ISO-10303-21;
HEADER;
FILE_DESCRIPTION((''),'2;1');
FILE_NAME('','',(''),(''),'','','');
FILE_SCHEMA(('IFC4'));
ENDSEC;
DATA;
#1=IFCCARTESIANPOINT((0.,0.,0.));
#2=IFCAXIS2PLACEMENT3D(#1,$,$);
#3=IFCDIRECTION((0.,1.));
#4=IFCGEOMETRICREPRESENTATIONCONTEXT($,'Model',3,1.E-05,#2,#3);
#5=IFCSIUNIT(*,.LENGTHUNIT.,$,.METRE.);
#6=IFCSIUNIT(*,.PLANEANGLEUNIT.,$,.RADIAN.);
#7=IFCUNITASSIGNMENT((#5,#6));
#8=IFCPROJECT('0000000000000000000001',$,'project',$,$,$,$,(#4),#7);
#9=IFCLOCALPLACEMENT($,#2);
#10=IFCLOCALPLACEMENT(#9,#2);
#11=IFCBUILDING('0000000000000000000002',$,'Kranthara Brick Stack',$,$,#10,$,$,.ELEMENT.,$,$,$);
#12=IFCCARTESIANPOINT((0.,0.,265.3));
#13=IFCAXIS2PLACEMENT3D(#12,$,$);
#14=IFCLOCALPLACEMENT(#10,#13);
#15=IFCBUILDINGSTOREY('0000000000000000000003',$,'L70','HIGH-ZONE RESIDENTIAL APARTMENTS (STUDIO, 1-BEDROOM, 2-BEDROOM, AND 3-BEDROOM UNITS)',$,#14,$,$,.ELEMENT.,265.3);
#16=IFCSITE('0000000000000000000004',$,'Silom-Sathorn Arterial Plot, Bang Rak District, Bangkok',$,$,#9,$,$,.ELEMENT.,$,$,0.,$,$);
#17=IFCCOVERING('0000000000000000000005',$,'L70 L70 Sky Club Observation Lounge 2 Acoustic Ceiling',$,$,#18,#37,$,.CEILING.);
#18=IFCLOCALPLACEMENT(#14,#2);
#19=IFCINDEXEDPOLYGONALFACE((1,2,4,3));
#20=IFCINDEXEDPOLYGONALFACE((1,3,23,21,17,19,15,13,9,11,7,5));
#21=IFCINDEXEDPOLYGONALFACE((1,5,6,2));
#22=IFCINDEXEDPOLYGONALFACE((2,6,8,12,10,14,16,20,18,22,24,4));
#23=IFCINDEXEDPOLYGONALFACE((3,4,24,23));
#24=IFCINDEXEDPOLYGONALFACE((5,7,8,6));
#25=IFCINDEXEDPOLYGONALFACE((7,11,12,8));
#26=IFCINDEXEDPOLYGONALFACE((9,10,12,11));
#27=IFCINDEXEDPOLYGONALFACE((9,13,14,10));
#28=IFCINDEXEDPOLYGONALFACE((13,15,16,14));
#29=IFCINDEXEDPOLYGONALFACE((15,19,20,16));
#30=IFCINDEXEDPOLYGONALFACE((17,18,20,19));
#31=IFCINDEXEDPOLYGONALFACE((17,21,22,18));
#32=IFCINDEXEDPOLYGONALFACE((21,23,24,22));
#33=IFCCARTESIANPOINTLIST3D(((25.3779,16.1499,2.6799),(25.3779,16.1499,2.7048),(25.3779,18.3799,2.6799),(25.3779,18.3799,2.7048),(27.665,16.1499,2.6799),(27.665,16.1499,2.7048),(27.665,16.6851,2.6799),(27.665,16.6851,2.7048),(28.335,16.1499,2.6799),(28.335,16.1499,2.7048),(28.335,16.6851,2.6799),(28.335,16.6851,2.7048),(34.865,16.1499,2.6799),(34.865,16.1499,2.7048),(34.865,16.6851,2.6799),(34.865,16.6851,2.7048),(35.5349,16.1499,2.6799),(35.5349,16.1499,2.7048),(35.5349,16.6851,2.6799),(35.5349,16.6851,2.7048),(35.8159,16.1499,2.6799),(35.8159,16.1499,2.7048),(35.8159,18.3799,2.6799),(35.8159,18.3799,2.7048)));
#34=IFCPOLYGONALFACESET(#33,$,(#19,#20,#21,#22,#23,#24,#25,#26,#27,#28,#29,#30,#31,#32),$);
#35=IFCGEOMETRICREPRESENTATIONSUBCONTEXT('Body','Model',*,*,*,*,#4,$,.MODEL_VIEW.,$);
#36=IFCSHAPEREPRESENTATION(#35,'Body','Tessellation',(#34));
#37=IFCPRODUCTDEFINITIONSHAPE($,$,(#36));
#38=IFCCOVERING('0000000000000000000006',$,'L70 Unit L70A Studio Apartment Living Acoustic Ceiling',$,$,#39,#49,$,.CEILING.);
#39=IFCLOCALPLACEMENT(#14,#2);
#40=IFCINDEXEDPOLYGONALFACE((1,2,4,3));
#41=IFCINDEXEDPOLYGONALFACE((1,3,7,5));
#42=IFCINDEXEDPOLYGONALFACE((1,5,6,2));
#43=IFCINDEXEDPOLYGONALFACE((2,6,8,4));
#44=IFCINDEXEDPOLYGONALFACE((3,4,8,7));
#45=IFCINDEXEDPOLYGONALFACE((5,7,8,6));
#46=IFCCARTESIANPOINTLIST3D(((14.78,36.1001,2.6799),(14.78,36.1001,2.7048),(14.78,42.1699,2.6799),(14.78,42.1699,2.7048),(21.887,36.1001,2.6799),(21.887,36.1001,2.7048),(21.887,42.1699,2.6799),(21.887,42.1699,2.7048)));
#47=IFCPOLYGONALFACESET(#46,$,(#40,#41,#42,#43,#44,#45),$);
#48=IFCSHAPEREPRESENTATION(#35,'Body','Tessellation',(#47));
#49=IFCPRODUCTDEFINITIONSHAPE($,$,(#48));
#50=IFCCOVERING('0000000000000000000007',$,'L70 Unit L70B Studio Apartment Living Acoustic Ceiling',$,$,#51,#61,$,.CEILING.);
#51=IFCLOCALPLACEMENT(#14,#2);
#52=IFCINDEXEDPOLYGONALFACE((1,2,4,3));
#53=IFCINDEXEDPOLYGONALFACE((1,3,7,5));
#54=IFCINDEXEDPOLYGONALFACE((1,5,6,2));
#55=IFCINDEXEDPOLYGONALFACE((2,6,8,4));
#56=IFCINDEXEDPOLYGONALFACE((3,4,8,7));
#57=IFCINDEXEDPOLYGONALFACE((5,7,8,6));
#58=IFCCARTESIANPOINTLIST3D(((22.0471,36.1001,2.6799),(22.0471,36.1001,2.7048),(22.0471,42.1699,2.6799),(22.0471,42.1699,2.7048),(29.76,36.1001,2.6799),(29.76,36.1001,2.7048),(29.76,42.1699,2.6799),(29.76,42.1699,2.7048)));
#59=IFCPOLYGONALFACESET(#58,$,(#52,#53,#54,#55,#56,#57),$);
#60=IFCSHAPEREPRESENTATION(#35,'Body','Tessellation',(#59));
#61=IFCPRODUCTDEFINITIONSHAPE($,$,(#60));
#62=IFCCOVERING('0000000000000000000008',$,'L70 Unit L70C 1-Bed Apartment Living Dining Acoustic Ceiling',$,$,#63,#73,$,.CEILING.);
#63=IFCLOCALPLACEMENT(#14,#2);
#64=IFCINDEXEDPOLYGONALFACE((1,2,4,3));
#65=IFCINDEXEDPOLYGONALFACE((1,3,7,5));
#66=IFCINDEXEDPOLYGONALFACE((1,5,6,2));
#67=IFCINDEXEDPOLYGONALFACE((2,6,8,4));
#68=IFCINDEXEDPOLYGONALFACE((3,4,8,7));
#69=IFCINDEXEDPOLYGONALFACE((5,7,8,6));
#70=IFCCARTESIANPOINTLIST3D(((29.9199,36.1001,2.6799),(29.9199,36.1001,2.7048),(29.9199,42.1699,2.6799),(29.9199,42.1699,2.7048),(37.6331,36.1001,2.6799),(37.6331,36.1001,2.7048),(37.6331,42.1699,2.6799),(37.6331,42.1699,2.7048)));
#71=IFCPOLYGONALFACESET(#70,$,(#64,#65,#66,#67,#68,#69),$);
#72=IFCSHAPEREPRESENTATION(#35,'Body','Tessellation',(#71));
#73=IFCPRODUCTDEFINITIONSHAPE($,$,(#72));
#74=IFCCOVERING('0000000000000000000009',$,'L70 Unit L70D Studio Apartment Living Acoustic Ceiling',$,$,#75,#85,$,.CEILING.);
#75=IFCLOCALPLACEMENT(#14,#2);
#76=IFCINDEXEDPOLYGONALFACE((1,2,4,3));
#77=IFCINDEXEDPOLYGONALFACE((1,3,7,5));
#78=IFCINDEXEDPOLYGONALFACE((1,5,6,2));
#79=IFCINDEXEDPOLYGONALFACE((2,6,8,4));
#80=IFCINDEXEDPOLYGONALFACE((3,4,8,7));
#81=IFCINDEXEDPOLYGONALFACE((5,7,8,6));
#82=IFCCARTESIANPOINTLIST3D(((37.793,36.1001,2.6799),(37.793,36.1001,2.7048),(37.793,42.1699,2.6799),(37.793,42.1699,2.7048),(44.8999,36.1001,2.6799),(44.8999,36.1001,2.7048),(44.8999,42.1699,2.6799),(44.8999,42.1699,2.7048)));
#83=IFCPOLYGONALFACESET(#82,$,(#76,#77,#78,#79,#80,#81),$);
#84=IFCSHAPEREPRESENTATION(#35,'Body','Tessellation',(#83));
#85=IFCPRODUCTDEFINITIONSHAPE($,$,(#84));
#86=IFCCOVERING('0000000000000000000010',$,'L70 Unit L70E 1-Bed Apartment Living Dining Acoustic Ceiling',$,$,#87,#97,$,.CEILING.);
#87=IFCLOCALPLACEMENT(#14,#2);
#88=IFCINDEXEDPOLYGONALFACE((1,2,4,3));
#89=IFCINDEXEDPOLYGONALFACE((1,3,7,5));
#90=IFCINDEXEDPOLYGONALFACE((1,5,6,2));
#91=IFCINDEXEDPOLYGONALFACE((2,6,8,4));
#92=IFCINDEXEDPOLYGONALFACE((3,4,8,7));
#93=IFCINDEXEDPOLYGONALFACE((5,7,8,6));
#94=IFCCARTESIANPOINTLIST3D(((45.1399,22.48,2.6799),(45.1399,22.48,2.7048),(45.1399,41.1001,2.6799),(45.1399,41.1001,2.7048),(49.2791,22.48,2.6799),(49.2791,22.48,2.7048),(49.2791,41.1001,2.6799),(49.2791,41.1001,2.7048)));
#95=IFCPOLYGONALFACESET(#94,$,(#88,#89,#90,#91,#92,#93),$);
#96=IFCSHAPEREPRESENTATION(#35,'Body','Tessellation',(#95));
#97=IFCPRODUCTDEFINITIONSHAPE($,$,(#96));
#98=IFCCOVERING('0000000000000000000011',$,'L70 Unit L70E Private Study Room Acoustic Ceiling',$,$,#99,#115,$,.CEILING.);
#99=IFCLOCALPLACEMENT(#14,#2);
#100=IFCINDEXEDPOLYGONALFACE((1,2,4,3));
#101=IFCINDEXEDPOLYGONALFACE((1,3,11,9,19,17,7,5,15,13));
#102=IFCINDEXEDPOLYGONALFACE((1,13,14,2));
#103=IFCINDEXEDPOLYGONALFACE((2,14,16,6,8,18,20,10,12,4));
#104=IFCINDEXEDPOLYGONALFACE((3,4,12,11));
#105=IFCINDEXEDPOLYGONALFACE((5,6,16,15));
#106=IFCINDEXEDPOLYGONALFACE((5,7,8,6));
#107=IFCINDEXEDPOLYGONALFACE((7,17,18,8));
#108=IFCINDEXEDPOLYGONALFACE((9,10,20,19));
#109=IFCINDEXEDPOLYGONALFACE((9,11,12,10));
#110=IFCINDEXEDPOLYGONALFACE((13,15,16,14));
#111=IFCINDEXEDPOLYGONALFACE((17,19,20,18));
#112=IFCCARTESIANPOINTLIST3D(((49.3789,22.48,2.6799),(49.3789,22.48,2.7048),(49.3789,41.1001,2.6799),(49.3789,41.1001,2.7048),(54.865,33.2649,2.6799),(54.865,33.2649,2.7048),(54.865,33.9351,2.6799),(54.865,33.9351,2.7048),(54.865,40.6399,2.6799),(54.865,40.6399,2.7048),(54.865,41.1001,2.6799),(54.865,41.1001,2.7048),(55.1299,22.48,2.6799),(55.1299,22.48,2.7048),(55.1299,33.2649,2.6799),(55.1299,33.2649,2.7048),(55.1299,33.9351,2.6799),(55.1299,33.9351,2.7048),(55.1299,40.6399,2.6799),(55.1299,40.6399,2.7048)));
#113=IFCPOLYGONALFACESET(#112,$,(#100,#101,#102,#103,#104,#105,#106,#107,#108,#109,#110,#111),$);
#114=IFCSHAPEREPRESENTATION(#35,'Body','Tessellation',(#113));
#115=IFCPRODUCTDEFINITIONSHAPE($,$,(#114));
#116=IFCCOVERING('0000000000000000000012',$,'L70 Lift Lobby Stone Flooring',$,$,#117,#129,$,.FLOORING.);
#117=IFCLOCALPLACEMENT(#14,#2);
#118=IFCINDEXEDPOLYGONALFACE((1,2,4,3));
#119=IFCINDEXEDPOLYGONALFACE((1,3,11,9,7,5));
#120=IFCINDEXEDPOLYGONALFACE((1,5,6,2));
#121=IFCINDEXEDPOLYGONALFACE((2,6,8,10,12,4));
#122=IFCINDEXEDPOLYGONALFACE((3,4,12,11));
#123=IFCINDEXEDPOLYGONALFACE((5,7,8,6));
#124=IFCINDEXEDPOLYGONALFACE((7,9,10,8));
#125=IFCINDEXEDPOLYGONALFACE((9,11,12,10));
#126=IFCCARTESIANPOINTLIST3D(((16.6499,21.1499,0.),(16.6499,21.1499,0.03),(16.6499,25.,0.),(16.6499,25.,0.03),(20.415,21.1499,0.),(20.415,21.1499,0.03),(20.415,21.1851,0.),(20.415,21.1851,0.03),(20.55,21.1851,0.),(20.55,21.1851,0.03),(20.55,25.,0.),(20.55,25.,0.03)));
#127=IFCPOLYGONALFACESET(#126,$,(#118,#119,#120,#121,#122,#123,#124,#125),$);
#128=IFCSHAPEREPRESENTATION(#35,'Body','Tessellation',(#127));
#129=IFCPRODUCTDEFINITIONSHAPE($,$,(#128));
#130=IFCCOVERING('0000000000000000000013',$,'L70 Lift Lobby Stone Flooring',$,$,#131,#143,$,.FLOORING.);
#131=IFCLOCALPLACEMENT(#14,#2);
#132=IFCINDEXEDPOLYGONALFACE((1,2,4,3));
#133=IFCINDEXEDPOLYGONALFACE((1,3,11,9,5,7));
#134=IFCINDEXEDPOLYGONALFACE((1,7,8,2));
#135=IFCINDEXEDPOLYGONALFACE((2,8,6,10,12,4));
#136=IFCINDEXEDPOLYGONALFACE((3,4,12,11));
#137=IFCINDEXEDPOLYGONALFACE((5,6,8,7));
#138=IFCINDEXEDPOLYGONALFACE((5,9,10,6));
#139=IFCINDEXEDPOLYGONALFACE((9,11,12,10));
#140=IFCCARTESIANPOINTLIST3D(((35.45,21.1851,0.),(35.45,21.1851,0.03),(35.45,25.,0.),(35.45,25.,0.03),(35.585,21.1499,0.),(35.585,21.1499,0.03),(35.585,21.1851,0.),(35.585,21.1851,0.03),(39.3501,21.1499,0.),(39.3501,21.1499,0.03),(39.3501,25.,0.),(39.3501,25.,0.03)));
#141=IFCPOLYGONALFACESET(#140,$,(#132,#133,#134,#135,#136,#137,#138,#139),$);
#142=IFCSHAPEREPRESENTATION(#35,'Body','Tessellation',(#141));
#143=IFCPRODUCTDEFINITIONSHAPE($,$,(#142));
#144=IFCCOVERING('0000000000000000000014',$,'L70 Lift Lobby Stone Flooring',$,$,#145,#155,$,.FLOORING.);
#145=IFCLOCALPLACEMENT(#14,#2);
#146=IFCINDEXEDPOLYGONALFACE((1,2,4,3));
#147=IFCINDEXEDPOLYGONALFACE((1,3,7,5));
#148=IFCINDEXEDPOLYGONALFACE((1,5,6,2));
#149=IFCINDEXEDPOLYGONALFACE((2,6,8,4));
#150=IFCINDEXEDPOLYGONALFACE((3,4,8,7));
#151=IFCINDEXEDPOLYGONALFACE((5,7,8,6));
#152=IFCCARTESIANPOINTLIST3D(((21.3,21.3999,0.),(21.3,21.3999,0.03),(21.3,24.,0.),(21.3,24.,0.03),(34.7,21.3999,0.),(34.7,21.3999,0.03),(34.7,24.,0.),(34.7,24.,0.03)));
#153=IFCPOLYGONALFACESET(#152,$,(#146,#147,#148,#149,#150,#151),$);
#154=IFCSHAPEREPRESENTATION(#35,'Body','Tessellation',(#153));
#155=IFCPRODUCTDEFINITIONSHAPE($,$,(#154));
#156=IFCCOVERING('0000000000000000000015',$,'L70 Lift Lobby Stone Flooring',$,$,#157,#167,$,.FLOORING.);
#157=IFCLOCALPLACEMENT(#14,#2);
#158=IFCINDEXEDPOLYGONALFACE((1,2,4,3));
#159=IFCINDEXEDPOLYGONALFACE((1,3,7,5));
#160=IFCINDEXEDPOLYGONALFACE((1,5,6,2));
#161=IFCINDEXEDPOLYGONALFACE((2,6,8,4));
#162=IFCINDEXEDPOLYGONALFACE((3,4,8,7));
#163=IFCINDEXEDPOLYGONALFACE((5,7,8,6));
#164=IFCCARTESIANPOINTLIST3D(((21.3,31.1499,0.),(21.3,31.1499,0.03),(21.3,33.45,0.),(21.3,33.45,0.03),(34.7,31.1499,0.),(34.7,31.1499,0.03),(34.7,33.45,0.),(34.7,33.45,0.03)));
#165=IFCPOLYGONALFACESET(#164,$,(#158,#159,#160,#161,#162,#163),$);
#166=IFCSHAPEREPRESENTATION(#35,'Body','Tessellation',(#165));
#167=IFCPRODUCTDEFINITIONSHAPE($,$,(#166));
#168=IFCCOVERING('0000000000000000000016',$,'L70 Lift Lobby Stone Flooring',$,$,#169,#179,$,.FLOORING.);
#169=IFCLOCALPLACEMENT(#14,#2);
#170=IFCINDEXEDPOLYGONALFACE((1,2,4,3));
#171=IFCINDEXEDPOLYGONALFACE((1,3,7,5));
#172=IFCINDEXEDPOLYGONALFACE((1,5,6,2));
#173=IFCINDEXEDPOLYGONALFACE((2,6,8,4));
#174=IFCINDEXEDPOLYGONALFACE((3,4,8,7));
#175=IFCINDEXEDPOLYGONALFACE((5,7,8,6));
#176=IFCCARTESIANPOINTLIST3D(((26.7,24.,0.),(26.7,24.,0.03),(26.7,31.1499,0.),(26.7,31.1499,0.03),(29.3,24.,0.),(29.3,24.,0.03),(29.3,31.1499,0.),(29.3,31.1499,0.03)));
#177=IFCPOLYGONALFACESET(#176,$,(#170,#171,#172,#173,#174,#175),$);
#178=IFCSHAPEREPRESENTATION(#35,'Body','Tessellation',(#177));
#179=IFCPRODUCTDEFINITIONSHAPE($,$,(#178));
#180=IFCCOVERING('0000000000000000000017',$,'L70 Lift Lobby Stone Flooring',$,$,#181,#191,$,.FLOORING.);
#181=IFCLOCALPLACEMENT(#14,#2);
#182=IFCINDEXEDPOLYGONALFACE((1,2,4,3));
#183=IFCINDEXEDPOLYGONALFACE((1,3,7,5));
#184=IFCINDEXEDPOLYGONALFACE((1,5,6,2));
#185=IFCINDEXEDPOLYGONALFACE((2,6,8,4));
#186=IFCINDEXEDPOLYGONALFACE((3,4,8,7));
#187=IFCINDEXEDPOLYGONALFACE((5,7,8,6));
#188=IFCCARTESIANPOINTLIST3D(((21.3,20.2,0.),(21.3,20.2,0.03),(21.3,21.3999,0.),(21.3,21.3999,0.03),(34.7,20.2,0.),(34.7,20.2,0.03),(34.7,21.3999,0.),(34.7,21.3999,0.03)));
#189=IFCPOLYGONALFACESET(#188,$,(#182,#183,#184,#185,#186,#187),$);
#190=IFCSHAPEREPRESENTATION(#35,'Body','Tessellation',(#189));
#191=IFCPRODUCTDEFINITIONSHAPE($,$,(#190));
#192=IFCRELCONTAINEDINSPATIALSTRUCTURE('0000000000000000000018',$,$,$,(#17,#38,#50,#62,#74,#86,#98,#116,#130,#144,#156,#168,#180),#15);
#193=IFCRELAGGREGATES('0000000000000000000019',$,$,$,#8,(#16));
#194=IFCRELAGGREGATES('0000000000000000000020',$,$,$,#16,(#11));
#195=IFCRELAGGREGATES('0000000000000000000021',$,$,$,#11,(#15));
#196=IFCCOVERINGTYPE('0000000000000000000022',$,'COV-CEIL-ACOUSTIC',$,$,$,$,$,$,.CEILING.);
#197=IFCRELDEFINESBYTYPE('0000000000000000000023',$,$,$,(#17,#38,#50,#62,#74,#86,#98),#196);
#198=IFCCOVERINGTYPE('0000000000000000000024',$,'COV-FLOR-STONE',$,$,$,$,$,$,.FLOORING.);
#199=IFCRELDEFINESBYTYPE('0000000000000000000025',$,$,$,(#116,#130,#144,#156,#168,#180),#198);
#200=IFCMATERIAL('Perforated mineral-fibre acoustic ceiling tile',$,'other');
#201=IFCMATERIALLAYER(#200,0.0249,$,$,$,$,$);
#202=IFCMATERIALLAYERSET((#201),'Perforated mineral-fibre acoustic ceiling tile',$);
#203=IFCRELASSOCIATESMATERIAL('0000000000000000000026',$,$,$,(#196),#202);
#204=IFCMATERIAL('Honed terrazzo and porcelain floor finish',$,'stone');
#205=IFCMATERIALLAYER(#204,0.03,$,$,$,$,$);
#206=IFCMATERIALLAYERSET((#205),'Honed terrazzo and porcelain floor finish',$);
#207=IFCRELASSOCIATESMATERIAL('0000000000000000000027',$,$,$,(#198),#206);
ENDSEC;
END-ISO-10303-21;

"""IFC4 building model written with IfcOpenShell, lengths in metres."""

from ifc_helpers import new_model, si_unit, direction, frame, origin, place, context, subcontext, project, spatial, polyline, outline, extrude, material, layer, layer_set, type_object, element, save


model = new_model("IFC4")

# Units and contexts
model_context = context("Model", 3, precision=1e-05, world=origin(), true_north=direction((0.0, 1.0)))
body_context = subcontext(model_context, "Body", "Model", "MODEL_VIEW")
ifc_project = project(units=[si_unit("LENGTHUNIT", "METRE"), si_unit("PLANEANGLEUNIT", "RADIAN")], contexts=[model_context])

# Site, building, storey
site_placement = place(None, origin())
site = spatial("IfcSite", under=ifc_project, at=site_placement, Name="Silom-Sathorn Arterial Plot, Bang Rak District, Bangkok", CompositionType="ELEMENT", RefElevation=0.0)
building_placement = place(site_placement, origin())
building = spatial("IfcBuilding", under=site, at=building_placement, Name="Kranthara Brick Stack", CompositionType="ELEMENT")
storey_placement = place(building_placement, frame((0.0, 0.0, 265.3)))
storey = spatial("IfcBuildingStorey", under=building, at=storey_placement, Name="L70", Description="HIGH-ZONE RESIDENTIAL APARTMENTS (STUDIO, 1-BEDROOM, 2-BEDROOM, AND 3-BEDROOM UNITS)", CompositionType="ELEMENT", Elevation=265.3)

# Coverings
ifc_material_1 = material(Name="Perforated mineral-fibre acoustic ceiling tile", Category="other")
ifc_layer_1 = layer(ifc_material_1, 0.0249)
ifc_layer_set_1 = layer_set([ifc_layer_1], Name="Perforated mineral-fibre acoustic ceiling tile")
covering_type_1 = type_object("IfcCoveringType", Name="COV-CEIL-ACOUSTIC", PredefinedType="CEILING", material=ifc_layer_set_1)
covering_1_placement = place(storey_placement, frame((0.0, 0.0, 2.6799)))
element("IfcCovering", 1, at=covering_1_placement, inside=storey, type_object=covering_type_1, Name="L70 L70 Sky Club Observation Lounge 2 Acoustic Ceiling", PredefinedType="CEILING", context=body_context, shape_type="SweptSolid", body=[
    extrude(outline(polyline([(25.3779, 18.3799), (35.8159, 18.3799), (35.8159, 16.1499), (35.5349, 16.1499), (35.5349, 16.6851), (34.865, 16.6851), (34.865, 16.1499), (28.335, 16.1499), (28.335, 16.6851), (27.665, 16.6851), (27.665, 16.1499), (25.3779, 16.1499), (25.3779, 18.3799)])), origin(), (0.0, 0.0, 1.0), 0.0249),
])
covering_2_placement = place(storey_placement, frame((0.0, 0.0, 2.6799)))
element("IfcCovering", 2, at=covering_2_placement, inside=storey, type_object=covering_type_1, Name="L70 Unit L70A Studio Apartment Living Acoustic Ceiling", PredefinedType="CEILING", context=body_context, shape_type="SweptSolid", body=[
    extrude(outline(polyline([(21.887, 36.1001), (21.887, 42.1699), (14.78, 42.1699), (14.78, 36.1001), (21.887, 36.1001)])), origin(), (0.0, 0.0, 1.0), 0.0249),
])
covering_3_placement = place(storey_placement, frame((0.0, 0.0, 2.6799)))
element("IfcCovering", 3, at=covering_3_placement, inside=storey, type_object=covering_type_1, Name="L70 Unit L70B Studio Apartment Living Acoustic Ceiling", PredefinedType="CEILING", context=body_context, shape_type="SweptSolid", body=[
    extrude(outline(polyline([(29.76, 36.1001), (29.76, 42.1699), (22.0471, 42.1699), (22.0471, 36.1001), (29.76, 36.1001)])), origin(), (0.0, 0.0, 1.0), 0.0249),
])
covering_4_placement = place(storey_placement, frame((0.0, 0.0, 2.6799)))
element("IfcCovering", 4, at=covering_4_placement, inside=storey, type_object=covering_type_1, Name="L70 Unit L70C 1-Bed Apartment Living Dining Acoustic Ceiling", PredefinedType="CEILING", context=body_context, shape_type="SweptSolid", body=[
    extrude(outline(polyline([(37.6331, 36.1001), (37.6331, 42.1699), (29.9199, 42.1699), (29.9199, 36.1001), (37.6331, 36.1001)])), origin(), (0.0, 0.0, 1.0), 0.0249),
])
covering_5_placement = place(storey_placement, frame((0.0, 0.0, 2.6799)))
element("IfcCovering", 5, at=covering_5_placement, inside=storey, type_object=covering_type_1, Name="L70 Unit L70D Studio Apartment Living Acoustic Ceiling", PredefinedType="CEILING", context=body_context, shape_type="SweptSolid", body=[
    extrude(outline(polyline([(44.8999, 36.1001), (44.8999, 42.1699), (37.793, 42.1699), (37.793, 36.1001), (44.8999, 36.1001)])), origin(), (0.0, 0.0, 1.0), 0.0249),
])
covering_6_placement = place(storey_placement, frame((0.0, 0.0, 2.6799)))
element("IfcCovering", 6, at=covering_6_placement, inside=storey, type_object=covering_type_1, Name="L70 Unit L70E 1-Bed Apartment Living Dining Acoustic Ceiling", PredefinedType="CEILING", context=body_context, shape_type="SweptSolid", body=[
    extrude(outline(polyline([(49.2791, 22.48), (49.2791, 41.1001), (45.1399, 41.1001), (45.1399, 22.48), (49.2791, 22.48)])), origin(), (0.0, 0.0, 1.0), 0.0249),
])
covering_7_placement = place(storey_placement, frame((0.0, 0.0, 2.6799)))
element("IfcCovering", 7, at=covering_7_placement, inside=storey, type_object=covering_type_1, Name="L70 Unit L70E Private Study Room Acoustic Ceiling", PredefinedType="CEILING", context=body_context, shape_type="SweptSolid", body=[
    extrude(outline(polyline([(49.3789, 22.48), (49.3789, 41.1001), (54.865, 41.1001), (54.865, 40.6399), (55.1299, 40.6399), (55.1299, 33.9351), (54.865, 33.9351), (54.865, 33.2649), (55.1299, 33.2649), (55.1299, 22.48), (49.3789, 22.48)])), origin(), (0.0, 0.0, 1.0), 0.0249),
])
ifc_material_2 = material(Name="Honed terrazzo and porcelain floor finish", Category="stone")
ifc_layer_2 = layer(ifc_material_2, 0.03)
ifc_layer_set_2 = layer_set([ifc_layer_2], Name="Honed terrazzo and porcelain floor finish")
covering_type_2 = type_object("IfcCoveringType", Name="COV-FLOR-STONE", PredefinedType="FLOORING", material=ifc_layer_set_2)
covering_8_placement = place(storey_placement, origin())
element("IfcCovering", 8, at=covering_8_placement, inside=storey, type_object=covering_type_2, Name="L70 Lift Lobby Stone Flooring", PredefinedType="FLOORING", context=body_context, shape_type="SweptSolid", body=[
    extrude(outline(polyline([(16.6499, 21.1499), (16.6499, 25.0), (20.55, 25.0), (20.55, 21.1851), (20.415, 21.1851), (20.415, 21.1499), (16.6499, 21.1499)])), origin(), (0.0, 0.0, 1.0), 0.03),
])
covering_9_placement = place(storey_placement, origin())
element("IfcCovering", 9, at=covering_9_placement, inside=storey, type_object=covering_type_2, Name="L70 Lift Lobby Stone Flooring", PredefinedType="FLOORING", context=body_context, shape_type="SweptSolid", body=[
    extrude(outline(polyline([(35.45, 25.0), (39.3501, 25.0), (39.3501, 21.1499), (35.585, 21.1499), (35.585, 21.1851), (35.45, 21.1851), (35.45, 25.0)])), origin(), (0.0, 0.0, 1.0), 0.03),
])
covering_10_placement = place(storey_placement, origin())
element("IfcCovering", 10, at=covering_10_placement, inside=storey, type_object=covering_type_2, Name="L70 Lift Lobby Stone Flooring", PredefinedType="FLOORING", context=body_context, shape_type="SweptSolid", body=[
    extrude(outline(polyline([(34.7, 21.3999), (34.7, 24.0), (21.3, 24.0), (21.3, 21.3999), (34.7, 21.3999)])), origin(), (0.0, 0.0, 1.0), 0.03),
])
covering_11_placement = place(storey_placement, origin())
element("IfcCovering", 11, at=covering_11_placement, inside=storey, type_object=covering_type_2, Name="L70 Lift Lobby Stone Flooring", PredefinedType="FLOORING", context=body_context, shape_type="SweptSolid", body=[
    extrude(outline(polyline([(34.7, 31.1499), (34.7, 33.45), (21.3, 33.45), (21.3, 31.1499), (34.7, 31.1499)])), origin(), (0.0, 0.0, 1.0), 0.03),
])
covering_12_placement = place(storey_placement, origin())
element("IfcCovering", 12, at=covering_12_placement, inside=storey, type_object=covering_type_2, Name="L70 Lift Lobby Stone Flooring", PredefinedType="FLOORING", context=body_context, shape_type="SweptSolid", body=[
    extrude(outline(polyline([(29.3, 24.0), (26.7, 24.0), (26.7, 31.1499), (29.3, 31.1499), (29.3, 24.0)])), origin(), (0.0, 0.0, 1.0), 0.03),
])
covering_13_placement = place(storey_placement, origin())
element("IfcCovering", 13, at=covering_13_placement, inside=storey, type_object=covering_type_2, Name="L70 Lift Lobby Stone Flooring", PredefinedType="FLOORING", context=body_context, shape_type="SweptSolid", body=[
    extrude(outline(polyline([(34.7, 20.2), (21.3, 20.2), (21.3, 21.3999), (34.7, 21.3999), (34.7, 20.2)])), origin(), (0.0, 0.0, 1.0), 0.03),
])

save(model, "model.ifc")
